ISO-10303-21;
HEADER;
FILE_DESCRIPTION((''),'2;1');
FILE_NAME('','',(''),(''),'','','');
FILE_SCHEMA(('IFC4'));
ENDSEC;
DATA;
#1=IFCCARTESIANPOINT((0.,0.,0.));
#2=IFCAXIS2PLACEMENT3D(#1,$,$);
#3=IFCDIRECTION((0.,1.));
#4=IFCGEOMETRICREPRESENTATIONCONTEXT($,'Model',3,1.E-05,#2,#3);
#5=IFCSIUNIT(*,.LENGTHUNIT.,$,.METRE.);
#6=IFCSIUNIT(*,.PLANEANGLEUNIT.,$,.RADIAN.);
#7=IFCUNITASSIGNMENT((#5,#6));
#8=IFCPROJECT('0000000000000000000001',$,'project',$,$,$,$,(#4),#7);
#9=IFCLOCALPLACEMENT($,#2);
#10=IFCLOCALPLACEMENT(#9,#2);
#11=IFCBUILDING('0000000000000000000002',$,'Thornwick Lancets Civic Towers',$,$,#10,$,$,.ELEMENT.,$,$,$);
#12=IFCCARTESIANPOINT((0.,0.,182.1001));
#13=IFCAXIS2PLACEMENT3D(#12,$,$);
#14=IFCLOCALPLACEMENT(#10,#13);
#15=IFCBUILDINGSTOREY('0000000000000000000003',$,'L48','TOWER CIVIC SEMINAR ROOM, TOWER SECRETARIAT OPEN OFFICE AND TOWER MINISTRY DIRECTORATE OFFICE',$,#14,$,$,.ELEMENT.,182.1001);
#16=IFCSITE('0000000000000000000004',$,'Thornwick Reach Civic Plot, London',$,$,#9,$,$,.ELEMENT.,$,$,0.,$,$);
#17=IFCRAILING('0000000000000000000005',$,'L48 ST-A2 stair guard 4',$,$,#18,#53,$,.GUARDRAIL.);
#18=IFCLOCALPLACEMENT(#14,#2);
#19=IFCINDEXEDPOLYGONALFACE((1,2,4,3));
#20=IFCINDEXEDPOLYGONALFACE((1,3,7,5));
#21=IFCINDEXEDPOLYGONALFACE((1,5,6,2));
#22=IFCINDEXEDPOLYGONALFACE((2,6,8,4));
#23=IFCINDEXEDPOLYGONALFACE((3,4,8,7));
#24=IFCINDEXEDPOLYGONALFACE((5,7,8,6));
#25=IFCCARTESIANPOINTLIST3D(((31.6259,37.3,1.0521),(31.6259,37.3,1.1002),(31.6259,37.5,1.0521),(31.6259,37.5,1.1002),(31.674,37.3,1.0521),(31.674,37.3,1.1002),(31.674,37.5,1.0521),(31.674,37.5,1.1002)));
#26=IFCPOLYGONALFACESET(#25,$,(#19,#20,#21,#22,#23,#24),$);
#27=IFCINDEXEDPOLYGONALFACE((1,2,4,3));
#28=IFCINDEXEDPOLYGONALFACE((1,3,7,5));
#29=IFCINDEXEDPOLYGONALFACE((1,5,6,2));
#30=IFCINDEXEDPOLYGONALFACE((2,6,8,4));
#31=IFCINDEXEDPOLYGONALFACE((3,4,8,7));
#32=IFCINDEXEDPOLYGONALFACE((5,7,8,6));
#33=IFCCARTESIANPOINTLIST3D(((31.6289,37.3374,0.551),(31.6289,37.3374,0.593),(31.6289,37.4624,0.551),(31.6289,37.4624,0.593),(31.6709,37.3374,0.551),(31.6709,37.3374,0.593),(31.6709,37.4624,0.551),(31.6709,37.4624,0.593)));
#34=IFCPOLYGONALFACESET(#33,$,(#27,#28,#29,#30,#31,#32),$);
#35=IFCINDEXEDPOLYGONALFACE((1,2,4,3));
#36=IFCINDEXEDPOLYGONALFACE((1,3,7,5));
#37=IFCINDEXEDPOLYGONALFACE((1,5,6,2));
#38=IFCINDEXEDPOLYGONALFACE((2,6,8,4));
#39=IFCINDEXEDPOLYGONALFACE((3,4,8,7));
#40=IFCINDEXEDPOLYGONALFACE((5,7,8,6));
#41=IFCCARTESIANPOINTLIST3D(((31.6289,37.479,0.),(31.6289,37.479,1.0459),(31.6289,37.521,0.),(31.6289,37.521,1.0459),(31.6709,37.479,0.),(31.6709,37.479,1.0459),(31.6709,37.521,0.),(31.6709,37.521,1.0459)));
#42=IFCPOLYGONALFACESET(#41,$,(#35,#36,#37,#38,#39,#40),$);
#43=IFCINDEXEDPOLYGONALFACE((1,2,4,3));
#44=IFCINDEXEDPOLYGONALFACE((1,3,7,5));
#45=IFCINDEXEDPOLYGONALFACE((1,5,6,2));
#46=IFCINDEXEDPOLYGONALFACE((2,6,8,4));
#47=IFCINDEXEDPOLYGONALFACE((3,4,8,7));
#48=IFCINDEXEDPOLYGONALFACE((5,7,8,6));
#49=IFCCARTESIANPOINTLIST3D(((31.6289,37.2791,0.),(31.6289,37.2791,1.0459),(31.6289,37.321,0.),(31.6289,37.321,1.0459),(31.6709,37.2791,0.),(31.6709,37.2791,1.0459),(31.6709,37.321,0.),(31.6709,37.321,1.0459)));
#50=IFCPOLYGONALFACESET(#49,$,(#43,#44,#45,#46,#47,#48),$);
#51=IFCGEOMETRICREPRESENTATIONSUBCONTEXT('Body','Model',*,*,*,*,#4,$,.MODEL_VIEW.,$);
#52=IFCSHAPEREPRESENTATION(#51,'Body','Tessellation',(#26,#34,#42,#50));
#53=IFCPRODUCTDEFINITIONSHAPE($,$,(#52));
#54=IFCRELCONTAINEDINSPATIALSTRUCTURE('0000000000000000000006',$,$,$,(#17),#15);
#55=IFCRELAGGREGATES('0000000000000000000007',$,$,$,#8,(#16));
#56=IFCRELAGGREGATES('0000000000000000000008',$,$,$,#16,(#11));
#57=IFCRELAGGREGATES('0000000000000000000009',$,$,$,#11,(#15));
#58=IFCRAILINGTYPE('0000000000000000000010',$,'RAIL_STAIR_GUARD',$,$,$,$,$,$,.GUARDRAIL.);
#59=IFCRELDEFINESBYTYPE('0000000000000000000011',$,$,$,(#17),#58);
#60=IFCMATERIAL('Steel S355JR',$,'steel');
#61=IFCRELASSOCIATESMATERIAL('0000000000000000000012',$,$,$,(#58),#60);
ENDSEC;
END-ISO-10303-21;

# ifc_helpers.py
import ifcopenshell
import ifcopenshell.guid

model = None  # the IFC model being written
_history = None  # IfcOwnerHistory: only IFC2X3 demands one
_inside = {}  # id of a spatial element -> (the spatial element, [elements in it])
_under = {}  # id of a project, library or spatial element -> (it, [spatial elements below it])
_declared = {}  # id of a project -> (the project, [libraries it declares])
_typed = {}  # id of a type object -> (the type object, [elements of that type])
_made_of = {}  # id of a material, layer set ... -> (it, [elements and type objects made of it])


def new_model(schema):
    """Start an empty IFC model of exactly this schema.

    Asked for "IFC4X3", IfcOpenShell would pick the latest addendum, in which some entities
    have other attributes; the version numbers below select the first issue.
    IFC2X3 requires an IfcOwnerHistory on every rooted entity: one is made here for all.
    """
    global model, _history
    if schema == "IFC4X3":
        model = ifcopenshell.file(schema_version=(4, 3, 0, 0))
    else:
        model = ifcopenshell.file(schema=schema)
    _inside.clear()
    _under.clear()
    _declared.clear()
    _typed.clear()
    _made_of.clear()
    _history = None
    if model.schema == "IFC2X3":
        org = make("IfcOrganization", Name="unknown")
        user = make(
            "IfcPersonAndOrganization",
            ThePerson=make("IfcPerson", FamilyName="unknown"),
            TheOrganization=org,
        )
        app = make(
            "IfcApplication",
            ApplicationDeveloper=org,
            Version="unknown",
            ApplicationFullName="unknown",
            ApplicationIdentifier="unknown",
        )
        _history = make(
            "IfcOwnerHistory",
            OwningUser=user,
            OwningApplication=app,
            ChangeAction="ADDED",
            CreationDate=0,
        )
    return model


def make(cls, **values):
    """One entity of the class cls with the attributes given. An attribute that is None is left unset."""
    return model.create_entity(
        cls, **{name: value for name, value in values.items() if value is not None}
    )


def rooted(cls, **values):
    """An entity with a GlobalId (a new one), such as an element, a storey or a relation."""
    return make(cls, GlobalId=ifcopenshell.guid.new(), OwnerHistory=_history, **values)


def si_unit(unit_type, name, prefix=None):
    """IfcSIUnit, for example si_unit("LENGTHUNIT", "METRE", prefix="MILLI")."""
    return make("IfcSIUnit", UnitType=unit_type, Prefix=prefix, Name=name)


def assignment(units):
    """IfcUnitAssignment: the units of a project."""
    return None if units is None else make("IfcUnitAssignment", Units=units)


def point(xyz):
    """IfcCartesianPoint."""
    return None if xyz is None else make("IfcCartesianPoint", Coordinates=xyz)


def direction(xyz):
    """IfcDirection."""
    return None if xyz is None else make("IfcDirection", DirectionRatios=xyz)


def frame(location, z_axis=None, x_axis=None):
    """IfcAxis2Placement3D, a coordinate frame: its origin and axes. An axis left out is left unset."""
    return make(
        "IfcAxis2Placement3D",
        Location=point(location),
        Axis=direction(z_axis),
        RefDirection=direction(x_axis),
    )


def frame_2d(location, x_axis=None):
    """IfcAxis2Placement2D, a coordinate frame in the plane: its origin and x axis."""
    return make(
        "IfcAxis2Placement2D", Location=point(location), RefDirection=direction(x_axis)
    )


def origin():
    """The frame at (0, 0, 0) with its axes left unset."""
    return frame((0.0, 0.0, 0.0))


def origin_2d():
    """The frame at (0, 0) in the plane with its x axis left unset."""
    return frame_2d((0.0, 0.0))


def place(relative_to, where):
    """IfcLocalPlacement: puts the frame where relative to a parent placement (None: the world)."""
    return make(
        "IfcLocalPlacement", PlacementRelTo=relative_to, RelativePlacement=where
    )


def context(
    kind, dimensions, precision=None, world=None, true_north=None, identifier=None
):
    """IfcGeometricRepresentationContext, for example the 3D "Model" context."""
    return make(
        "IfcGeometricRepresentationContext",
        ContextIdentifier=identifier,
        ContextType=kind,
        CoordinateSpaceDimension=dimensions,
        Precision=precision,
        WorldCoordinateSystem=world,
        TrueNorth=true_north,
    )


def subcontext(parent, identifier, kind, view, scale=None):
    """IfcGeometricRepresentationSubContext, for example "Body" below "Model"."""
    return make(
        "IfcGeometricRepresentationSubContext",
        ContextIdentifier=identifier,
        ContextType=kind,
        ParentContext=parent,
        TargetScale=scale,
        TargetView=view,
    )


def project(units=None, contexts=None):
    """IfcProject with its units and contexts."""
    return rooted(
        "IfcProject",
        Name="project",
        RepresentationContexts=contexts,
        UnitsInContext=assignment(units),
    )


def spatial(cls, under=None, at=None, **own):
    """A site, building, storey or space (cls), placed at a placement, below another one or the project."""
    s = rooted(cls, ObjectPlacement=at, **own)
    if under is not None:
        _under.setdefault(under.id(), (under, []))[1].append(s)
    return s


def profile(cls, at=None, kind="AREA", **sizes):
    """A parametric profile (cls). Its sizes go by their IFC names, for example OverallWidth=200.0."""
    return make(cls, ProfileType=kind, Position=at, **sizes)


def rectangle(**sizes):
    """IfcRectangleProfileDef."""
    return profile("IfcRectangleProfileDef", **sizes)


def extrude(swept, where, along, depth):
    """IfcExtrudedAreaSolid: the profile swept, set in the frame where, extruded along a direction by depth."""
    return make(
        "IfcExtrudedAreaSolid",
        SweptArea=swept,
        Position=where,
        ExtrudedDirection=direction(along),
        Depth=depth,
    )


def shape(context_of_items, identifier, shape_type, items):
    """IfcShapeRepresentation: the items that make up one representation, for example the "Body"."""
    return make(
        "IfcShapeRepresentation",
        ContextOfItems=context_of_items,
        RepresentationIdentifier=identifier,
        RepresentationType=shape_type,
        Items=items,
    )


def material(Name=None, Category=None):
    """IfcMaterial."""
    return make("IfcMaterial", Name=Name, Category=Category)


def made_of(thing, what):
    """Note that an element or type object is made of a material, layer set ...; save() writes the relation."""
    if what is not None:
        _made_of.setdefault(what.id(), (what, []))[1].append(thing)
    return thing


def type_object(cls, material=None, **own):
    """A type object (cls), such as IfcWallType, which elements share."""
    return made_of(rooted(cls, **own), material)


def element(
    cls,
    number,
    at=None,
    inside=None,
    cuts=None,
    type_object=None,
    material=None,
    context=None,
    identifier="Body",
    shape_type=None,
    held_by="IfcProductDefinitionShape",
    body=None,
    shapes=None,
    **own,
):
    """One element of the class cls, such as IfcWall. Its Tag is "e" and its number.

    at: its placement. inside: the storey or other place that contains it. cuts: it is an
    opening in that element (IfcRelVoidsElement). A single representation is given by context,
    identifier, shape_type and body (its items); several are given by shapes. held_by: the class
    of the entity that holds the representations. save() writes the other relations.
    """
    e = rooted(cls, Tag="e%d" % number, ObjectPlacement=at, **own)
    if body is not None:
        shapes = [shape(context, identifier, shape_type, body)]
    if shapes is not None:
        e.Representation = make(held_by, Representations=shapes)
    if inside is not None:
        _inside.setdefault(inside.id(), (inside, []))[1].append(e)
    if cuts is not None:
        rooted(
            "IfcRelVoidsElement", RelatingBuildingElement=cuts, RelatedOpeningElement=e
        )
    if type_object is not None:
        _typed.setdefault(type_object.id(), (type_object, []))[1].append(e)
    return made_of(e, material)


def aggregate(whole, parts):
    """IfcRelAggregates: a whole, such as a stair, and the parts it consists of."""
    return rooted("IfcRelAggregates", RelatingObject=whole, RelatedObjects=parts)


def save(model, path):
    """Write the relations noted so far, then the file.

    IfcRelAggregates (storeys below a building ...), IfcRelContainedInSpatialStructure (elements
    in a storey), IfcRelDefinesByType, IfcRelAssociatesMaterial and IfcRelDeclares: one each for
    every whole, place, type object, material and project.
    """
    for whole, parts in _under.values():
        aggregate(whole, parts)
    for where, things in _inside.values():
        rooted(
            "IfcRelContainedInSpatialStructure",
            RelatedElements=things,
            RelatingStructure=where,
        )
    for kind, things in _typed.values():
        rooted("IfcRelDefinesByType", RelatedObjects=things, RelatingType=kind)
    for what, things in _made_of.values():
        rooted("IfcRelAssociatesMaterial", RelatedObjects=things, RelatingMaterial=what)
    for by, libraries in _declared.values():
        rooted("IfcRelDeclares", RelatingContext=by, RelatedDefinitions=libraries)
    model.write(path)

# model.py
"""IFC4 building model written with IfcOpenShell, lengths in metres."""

from ifc_helpers import new_model, si_unit, direction, frame, origin, origin_2d, place, context, subcontext, project, spatial, rectangle, extrude, material, type_object, element, save


model = new_model("IFC4")

# Units and contexts
model_context = context("Model", 3, precision=1e-05, world=origin(), true_north=direction((0.0, 1.0)))
body_context = subcontext(model_context, "Body", "Model", "MODEL_VIEW")
ifc_project = project(units=[si_unit("LENGTHUNIT", "METRE"), si_unit("PLANEANGLEUNIT", "RADIAN")], contexts=[model_context])

# Site, building, storey
site_placement = place(None, origin())
site = spatial("IfcSite", under=ifc_project, at=site_placement, Name="Thornwick Reach Civic Plot, London", CompositionType="ELEMENT", RefElevation=0.0)
building_placement = place(site_placement, origin())
building = spatial("IfcBuilding", under=site, at=building_placement, Name="Thornwick Lancets Civic Towers", CompositionType="ELEMENT")
storey_placement = place(building_placement, frame((0.0, 0.0, 182.1001)))
storey = spatial("IfcBuildingStorey", under=building, at=storey_placement, Name="L48", Description="TOWER CIVIC SEMINAR ROOM, TOWER SECRETARIAT OPEN OFFICE AND TOWER MINISTRY DIRECTORATE OFFICE", CompositionType="ELEMENT", Elevation=182.1001)

# Shared definitions
ifc_material_1 = material(Name="Steel S355JR", Category="steel")

# Railing
railing_type_1 = type_object("IfcRailingType", Name="RAIL_STAIR_GUARD", PredefinedType="GUARDRAIL", material=ifc_material_1)
railing_1_placement = place(storey_placement, frame((31.6499, 37.5, 0.0)))
element("IfcRailing", 1, at=railing_1_placement, inside=storey, type_object=railing_type_1, Name="L48 ST-A2 stair guard 4", PredefinedType="GUARDRAIL", context=body_context, shape_type="SweptSolid", body=[
    extrude(rectangle(XDim=0.0481, YDim=0.0481, at=origin_2d()), frame((0.0, 0.0, 1.0762), z_axis=(0.0, -1.0, 0.0), x_axis=(1.0, 0.0, 0.0)), (0.0, 0.0, 1.0), 0.2),
    extrude(rectangle(XDim=0.042, YDim=0.042, at=origin_2d()), frame((0.0, -0.0376, 0.572), z_axis=(0.0, -1.0, 0.0), x_axis=(1.0, 0.0, 0.0)), (0.0, 0.0, 1.0), 0.125),
    extrude(rectangle(XDim=0.042, YDim=0.042, at=origin_2d()), origin(), (0.0, 0.0, 1.0), 1.0459),
    extrude(rectangle(XDim=0.042, YDim=0.042, at=origin_2d()), frame((0.0, -0.2, 0.0)), (0.0, 0.0, 1.0), 1.0459),
])

save(model, "model.ifc")
